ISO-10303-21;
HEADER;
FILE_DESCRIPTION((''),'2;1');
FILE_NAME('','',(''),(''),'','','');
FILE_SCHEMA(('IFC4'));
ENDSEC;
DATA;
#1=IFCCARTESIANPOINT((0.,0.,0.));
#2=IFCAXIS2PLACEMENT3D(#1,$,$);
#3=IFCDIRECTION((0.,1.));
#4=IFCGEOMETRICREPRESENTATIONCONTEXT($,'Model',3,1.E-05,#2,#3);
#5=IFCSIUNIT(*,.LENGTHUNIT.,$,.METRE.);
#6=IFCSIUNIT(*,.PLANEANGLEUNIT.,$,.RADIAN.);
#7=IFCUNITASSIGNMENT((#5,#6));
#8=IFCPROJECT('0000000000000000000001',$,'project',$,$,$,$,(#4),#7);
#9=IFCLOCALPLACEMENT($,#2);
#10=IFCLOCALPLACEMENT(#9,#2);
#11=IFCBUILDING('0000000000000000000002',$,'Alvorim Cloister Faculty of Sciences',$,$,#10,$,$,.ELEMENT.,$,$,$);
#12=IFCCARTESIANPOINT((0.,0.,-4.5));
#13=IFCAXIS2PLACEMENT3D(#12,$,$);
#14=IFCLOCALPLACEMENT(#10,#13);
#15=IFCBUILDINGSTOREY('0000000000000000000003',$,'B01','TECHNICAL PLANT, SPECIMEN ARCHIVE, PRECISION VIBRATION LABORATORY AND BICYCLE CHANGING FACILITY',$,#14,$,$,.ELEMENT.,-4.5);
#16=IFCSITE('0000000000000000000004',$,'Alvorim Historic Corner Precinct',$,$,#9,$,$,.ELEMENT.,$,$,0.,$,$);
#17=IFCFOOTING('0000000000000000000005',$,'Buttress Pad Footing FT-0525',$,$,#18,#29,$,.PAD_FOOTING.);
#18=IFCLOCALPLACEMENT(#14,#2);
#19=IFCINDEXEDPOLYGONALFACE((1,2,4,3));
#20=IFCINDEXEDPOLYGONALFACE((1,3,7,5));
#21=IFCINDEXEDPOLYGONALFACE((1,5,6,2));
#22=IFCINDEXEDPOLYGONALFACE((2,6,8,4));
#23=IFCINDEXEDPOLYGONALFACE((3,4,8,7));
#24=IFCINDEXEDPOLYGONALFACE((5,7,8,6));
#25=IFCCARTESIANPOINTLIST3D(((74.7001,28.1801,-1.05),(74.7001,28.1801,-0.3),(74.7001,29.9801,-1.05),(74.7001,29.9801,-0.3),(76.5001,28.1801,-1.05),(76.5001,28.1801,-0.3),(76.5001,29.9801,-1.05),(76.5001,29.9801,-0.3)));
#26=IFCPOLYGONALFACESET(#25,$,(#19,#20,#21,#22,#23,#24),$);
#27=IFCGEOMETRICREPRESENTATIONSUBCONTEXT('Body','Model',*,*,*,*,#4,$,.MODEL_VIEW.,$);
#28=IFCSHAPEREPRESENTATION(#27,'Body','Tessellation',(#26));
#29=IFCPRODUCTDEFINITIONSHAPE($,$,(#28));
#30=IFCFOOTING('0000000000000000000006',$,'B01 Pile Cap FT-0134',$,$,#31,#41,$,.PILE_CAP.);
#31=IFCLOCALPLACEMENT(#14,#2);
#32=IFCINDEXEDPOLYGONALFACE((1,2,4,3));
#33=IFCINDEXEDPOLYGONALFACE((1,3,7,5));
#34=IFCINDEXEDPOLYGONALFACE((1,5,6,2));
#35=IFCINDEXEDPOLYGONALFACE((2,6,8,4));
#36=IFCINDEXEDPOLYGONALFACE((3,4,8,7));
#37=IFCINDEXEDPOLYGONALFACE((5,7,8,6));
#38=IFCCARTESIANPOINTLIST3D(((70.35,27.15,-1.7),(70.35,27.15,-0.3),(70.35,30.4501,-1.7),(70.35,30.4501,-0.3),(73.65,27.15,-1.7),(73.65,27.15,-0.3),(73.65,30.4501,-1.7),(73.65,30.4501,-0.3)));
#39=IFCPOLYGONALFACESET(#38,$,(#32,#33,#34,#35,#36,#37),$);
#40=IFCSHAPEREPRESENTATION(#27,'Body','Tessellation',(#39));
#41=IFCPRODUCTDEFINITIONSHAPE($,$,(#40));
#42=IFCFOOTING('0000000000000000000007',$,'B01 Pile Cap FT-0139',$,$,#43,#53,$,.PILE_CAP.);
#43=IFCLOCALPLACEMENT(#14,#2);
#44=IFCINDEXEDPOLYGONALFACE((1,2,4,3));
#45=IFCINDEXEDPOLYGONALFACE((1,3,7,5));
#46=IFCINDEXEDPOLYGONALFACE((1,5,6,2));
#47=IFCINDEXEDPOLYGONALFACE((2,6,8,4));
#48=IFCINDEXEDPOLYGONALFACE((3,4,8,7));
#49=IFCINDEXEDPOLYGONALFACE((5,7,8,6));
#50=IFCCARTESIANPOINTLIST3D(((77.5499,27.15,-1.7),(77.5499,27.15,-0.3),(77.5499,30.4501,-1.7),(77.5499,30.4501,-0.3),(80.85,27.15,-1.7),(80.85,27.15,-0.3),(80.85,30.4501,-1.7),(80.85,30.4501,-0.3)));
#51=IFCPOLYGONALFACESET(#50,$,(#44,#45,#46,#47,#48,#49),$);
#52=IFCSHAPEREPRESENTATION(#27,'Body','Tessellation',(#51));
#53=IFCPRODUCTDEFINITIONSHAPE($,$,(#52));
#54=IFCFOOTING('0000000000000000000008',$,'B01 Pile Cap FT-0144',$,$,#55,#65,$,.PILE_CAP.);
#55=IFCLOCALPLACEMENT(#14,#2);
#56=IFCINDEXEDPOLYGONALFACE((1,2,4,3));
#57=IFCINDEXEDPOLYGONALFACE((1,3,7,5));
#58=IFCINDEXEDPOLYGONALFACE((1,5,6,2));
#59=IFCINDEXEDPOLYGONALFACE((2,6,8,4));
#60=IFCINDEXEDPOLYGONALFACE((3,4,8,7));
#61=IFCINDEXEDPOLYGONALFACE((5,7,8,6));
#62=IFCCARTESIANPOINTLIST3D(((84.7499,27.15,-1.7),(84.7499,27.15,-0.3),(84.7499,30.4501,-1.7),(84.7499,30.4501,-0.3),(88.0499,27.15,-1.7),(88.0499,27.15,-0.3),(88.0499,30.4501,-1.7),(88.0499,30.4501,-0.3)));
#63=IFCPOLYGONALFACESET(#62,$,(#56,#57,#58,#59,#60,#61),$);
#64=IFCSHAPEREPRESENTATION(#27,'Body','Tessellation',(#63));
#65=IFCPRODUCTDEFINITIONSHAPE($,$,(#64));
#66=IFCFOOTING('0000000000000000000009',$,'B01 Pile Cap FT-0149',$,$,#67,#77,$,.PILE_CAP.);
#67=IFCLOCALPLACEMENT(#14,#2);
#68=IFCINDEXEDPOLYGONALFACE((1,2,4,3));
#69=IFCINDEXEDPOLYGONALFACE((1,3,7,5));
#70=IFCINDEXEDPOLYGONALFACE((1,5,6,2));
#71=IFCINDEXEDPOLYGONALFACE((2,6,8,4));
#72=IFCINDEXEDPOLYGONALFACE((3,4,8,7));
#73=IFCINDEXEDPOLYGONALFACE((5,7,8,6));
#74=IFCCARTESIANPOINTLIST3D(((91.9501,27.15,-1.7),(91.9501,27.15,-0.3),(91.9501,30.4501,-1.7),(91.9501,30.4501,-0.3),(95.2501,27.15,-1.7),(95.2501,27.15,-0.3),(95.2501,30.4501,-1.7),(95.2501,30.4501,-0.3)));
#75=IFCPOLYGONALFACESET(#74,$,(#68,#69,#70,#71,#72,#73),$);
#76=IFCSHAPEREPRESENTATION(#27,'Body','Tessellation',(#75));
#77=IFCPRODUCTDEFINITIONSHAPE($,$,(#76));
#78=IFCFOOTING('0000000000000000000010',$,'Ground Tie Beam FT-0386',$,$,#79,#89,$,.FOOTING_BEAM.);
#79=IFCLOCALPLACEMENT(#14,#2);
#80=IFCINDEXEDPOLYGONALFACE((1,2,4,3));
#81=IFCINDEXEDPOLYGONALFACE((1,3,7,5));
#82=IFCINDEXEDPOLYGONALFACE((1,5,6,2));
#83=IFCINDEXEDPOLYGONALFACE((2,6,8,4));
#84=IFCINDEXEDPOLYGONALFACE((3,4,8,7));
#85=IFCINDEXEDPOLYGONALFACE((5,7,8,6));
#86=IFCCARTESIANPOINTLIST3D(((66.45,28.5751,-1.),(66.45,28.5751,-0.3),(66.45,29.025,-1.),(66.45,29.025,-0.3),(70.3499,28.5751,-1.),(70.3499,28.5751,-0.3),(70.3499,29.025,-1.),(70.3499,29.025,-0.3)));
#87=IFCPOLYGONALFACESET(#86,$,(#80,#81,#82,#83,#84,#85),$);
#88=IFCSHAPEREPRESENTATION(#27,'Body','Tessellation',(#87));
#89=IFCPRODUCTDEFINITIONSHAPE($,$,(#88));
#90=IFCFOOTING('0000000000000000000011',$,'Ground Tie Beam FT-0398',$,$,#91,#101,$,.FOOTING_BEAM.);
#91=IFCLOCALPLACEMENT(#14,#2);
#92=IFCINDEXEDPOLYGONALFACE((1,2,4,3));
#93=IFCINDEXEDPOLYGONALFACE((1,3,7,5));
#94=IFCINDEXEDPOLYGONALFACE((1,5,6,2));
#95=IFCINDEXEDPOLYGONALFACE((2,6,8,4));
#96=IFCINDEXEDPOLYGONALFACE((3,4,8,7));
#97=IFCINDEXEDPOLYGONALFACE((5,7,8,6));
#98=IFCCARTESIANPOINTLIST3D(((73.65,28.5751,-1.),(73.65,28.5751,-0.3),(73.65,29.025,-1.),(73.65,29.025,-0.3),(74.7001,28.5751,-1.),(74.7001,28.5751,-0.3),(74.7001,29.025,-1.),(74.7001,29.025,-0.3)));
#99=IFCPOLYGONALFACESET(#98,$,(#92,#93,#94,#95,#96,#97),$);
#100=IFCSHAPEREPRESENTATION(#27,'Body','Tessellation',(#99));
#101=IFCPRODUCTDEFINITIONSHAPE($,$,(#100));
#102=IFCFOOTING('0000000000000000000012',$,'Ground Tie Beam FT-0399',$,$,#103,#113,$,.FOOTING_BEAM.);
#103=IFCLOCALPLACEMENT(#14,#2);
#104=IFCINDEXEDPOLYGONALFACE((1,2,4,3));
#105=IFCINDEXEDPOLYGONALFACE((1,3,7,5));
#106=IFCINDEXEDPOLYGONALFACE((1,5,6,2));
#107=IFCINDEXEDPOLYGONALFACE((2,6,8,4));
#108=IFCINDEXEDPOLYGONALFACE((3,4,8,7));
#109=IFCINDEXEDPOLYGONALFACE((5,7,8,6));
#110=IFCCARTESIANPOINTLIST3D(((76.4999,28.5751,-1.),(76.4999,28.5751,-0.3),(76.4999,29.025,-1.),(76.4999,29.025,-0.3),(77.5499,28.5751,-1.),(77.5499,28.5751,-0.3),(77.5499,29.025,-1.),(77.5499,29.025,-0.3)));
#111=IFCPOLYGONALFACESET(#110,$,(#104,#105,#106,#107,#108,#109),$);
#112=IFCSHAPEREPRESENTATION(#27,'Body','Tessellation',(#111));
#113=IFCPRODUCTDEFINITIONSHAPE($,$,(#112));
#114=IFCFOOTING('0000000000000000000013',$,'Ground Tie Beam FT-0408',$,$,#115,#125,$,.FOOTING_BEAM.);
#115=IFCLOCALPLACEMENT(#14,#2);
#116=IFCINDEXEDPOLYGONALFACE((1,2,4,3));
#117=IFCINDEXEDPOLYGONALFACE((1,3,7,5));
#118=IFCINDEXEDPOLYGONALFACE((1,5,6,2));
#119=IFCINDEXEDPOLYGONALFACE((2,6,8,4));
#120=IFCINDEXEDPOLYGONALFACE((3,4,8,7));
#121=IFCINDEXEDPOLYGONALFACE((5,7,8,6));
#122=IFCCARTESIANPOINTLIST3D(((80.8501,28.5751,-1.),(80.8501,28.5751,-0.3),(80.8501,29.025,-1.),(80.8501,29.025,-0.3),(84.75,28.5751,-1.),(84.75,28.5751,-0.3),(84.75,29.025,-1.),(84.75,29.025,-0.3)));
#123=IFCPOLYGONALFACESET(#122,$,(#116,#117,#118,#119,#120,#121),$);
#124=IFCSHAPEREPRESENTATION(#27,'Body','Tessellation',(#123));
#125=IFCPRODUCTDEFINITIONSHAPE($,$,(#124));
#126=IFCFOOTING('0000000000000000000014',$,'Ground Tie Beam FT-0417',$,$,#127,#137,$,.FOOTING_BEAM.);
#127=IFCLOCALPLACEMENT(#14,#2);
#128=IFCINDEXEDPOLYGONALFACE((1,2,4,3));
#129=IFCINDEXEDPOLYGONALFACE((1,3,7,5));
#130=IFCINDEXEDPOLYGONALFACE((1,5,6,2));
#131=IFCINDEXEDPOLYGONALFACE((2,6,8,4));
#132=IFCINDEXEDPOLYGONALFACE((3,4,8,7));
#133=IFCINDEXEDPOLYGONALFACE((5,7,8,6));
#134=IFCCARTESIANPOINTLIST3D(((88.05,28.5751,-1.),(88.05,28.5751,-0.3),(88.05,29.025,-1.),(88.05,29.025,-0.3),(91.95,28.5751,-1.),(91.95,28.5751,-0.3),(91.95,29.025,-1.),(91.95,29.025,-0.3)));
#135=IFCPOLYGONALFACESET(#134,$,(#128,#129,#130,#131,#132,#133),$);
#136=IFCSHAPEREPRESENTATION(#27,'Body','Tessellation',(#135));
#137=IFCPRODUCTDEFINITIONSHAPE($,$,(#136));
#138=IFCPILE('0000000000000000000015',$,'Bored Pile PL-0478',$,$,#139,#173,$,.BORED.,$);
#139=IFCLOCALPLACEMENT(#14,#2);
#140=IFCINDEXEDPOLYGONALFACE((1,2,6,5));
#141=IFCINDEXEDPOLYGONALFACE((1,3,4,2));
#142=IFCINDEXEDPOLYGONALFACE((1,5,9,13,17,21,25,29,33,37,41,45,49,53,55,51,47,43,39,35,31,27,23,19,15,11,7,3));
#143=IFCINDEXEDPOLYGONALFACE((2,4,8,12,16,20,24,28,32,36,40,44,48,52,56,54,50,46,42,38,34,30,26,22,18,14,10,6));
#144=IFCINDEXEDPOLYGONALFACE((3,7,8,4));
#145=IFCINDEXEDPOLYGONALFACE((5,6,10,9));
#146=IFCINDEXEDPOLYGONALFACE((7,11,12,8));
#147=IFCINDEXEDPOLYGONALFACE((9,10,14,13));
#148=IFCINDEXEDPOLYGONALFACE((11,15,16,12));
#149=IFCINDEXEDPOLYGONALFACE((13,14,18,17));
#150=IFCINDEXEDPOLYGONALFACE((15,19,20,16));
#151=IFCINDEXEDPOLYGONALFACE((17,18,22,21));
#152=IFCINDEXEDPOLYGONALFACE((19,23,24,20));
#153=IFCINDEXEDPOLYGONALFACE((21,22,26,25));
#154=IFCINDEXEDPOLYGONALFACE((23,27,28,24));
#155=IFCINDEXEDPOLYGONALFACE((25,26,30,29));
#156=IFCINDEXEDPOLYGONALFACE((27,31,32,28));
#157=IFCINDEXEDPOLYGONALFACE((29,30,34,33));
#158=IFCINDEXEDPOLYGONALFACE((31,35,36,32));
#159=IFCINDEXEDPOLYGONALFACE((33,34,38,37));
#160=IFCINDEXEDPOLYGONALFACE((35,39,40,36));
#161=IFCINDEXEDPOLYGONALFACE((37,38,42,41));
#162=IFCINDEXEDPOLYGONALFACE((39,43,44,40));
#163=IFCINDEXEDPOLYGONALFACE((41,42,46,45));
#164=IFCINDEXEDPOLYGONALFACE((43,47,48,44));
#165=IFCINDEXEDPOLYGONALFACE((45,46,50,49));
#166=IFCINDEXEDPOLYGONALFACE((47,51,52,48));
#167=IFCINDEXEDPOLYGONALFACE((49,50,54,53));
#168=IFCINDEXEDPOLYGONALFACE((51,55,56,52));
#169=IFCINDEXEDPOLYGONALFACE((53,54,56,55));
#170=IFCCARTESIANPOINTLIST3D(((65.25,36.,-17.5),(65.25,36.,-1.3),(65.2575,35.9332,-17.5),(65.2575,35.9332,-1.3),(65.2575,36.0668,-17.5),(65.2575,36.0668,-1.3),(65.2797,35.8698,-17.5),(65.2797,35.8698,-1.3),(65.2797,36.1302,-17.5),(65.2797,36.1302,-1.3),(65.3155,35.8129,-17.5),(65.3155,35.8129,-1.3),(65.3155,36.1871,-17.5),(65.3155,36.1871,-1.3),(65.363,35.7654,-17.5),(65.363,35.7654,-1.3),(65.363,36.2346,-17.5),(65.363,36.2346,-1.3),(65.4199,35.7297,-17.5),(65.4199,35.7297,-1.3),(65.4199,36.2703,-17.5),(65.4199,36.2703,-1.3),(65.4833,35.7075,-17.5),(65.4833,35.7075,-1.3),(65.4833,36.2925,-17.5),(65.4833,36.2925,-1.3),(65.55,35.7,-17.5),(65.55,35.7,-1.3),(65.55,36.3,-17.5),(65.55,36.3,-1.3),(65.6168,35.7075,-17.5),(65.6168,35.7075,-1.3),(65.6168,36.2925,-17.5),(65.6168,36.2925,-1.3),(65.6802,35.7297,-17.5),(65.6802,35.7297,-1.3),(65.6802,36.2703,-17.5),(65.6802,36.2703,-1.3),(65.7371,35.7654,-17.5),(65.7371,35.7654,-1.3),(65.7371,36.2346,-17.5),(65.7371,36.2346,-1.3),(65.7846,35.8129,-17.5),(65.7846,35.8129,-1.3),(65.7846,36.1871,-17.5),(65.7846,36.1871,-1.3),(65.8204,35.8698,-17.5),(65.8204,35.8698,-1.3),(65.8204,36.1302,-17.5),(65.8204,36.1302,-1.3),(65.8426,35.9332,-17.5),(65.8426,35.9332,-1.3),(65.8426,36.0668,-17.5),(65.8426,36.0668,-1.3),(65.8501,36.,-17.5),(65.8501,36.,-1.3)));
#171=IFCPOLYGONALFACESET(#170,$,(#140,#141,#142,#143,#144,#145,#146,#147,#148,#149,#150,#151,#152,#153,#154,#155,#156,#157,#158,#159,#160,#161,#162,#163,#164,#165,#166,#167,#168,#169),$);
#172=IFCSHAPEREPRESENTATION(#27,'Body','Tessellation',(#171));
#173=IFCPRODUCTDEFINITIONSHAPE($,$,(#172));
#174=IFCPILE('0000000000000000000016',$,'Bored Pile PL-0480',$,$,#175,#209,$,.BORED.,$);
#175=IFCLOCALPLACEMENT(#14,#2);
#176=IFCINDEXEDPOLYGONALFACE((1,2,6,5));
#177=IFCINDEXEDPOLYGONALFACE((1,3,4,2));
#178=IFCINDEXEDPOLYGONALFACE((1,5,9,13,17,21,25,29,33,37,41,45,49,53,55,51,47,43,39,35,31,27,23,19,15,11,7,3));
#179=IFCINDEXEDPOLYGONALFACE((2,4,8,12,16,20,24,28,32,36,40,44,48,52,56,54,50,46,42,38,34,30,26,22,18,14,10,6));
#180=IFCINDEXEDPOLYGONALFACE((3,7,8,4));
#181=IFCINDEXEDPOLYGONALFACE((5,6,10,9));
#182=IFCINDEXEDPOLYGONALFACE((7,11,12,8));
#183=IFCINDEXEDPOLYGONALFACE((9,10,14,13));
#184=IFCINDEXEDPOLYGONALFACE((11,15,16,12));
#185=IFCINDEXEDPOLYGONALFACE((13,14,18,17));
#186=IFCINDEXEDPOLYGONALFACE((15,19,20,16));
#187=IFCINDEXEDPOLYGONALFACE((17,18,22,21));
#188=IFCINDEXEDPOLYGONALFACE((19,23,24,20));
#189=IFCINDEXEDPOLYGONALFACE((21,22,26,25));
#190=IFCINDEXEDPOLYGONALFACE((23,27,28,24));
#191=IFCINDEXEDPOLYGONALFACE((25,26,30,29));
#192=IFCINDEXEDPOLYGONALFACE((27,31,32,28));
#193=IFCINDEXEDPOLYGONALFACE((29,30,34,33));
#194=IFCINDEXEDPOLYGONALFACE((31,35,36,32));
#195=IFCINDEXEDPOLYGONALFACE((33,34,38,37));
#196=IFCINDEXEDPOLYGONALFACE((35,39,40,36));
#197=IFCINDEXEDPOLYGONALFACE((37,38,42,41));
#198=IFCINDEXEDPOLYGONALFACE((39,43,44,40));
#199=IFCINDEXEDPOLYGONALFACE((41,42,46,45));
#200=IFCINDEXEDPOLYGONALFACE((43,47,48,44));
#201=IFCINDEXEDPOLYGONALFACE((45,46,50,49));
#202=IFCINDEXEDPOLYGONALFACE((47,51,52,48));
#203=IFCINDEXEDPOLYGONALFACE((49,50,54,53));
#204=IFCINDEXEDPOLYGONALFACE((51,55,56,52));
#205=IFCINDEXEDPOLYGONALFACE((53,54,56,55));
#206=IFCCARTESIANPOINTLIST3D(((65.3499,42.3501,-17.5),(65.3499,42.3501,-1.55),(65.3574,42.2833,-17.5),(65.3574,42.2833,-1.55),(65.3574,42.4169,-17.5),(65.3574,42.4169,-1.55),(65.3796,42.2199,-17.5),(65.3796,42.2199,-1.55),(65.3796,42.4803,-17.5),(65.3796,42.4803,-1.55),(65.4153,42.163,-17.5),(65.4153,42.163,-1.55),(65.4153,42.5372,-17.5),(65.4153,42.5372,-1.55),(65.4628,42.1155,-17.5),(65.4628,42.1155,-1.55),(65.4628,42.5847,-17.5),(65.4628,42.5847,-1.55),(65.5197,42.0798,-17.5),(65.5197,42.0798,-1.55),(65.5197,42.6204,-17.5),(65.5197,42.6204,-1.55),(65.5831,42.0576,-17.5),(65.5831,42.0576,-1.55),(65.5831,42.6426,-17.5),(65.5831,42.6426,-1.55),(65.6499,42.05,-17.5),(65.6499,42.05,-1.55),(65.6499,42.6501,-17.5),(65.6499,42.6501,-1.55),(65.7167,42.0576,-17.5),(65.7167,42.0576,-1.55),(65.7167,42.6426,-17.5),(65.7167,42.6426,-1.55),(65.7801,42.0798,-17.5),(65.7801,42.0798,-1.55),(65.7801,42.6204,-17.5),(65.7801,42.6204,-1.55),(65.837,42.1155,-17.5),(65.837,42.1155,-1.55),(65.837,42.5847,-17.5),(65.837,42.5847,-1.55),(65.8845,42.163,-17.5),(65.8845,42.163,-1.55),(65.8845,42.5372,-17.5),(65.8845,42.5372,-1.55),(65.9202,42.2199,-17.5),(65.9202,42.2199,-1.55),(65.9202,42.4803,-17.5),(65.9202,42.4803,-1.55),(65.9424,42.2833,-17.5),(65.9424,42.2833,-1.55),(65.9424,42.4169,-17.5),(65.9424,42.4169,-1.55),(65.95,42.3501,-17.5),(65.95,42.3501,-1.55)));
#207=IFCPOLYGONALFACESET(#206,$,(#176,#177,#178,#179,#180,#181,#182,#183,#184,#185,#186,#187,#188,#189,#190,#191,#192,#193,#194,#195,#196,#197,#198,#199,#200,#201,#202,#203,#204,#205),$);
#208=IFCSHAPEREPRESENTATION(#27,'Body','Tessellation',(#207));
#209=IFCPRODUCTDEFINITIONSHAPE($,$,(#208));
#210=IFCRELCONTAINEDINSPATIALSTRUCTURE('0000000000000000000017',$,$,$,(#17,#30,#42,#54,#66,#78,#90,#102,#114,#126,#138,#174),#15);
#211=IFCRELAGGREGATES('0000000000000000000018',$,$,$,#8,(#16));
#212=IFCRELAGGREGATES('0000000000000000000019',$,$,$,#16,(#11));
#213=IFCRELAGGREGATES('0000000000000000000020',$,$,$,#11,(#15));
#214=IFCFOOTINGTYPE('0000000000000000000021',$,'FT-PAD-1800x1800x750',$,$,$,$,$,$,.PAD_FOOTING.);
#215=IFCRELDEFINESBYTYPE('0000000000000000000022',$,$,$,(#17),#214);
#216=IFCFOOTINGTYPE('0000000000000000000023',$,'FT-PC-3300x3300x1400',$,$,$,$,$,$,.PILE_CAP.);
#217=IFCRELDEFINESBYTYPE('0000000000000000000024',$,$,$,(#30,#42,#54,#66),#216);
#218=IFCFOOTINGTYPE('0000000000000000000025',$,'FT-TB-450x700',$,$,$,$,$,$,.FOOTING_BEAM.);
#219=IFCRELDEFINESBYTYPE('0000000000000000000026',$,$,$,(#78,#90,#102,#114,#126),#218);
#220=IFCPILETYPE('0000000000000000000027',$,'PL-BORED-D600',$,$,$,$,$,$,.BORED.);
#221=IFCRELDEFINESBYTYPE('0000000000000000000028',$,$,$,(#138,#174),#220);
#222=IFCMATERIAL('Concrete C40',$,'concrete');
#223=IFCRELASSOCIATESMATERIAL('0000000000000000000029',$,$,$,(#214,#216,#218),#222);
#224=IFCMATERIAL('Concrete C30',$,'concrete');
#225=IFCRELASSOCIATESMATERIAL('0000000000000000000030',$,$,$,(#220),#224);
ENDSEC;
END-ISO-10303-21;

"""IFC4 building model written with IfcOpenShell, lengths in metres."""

from ifc_helpers import new_model, si_unit, direction, frame, origin, origin_2d, place, context, subcontext, project, spatial, rectangle, circle, extrude, material, material_profile, profile_set, type_object, element, save


model = new_model("IFC4")

# Units and contexts
model_context = context("Model", 3, precision=1e-05, world=origin(), true_north=direction((0.0, 1.0)))
body_context = subcontext(model_context, "Body", "Model", "MODEL_VIEW")
ifc_project = project(units=[si_unit("LENGTHUNIT", "METRE"), si_unit("PLANEANGLEUNIT", "RADIAN")], contexts=[model_context])

# Site, building, storey
site_placement = place(None, origin())
site = spatial("IfcSite", under=ifc_project, at=site_placement, Name="Alvorim Historic Corner Precinct", CompositionType="ELEMENT", RefElevation=0.0)
building_placement = place(site_placement, origin())
building = spatial("IfcBuilding", under=site, at=building_placement, Name="Alvorim Cloister Faculty of Sciences", CompositionType="ELEMENT")
storey_placement = place(building_placement, frame((0.0, 0.0, -4.5)))
storey = spatial("IfcBuildingStorey", under=building, at=storey_placement, Name="B01", Description="TECHNICAL PLANT, SPECIMEN ARCHIVE, PRECISION VIBRATION LABORATORY AND BICYCLE CHANGING FACILITY", CompositionType="ELEMENT", Elevation=-4.5)

# Footings
ifc_material_1 = material(Name="Concrete C40", Category="concrete")
footing_type_1 = type_object("IfcFootingType", Name="FT-PAD-1800x1800x750", PredefinedType="PAD_FOOTING", material=ifc_material_1)
footing_1_placement = place(storey_placement, frame((75.6001, 29.0801, -1.05), z_axis=(0.0, 0.0, 1.0), x_axis=(1.0, 0.0, 0.0)))
element("IfcFooting", 1, at=footing_1_placement, inside=storey, type_object=footing_type_1, Name="Buttress Pad Footing FT-0525", PredefinedType="PAD_FOOTING", context=body_context, shape_type="SweptSolid", body=[
    extrude(rectangle(XDim=1.8, YDim=1.8, at=origin_2d()), origin(), (0.0, 0.0, 1.0), 0.75),
])
footing_type_2 = type_object("IfcFootingType", Name="FT-PC-3300x3300x1400", PredefinedType="PILE_CAP", material=ifc_material_1)
for number, where, z_axis, x_axis, name in (
    (2, (72.0, 28.8, -1.7), (0.0, 0.0, 1.0), (1.0, 0.0, 0.0), "B01 Pile Cap FT-0134"),
    (3, (79.2, 28.8, -1.7), (0.0, 0.0, 1.0), (1.0, 0.0, 0.0), "B01 Pile Cap FT-0139"),
    (4, (86.3999, 28.8, -1.7), (0.0, 0.0, 1.0), (1.0, 0.0, 0.0), "B01 Pile Cap FT-0144"),
    (5, (93.6001, 28.8, -1.7), (0.0, 0.0, 1.0), (1.0, 0.0, 0.0), "B01 Pile Cap FT-0149"),
):
    element("IfcFooting", number, at=place(storey_placement, frame(where, z_axis=z_axis, x_axis=x_axis)), inside=storey, type_object=footing_type_2, Name=name, PredefinedType="PILE_CAP", context=body_context, shape_type="SweptSolid", body=[
        extrude(rectangle(XDim=3.3, YDim=3.3, at=origin_2d()), origin(), (0.0, 0.0, 1.0), 1.3999),
    ])
footing_type_3 = type_object("IfcFootingType", Name="FT-TB-450x700", PredefinedType="FOOTING_BEAM", material=ifc_material_1)
footing_2_placement = place(storey_placement, frame((68.3999, 28.8, -1.0), z_axis=(0.0, 0.0, 1.0), x_axis=(1.0, 0.0, 0.0)))
element("IfcFooting", 6, at=footing_2_placement, inside=storey, type_object=footing_type_3, Name="Ground Tie Beam FT-0386", PredefinedType="FOOTING_BEAM", context=body_context, shape_type="SweptSolid", body=[
    extrude(rectangle(XDim=3.8999, YDim=0.45, at=origin_2d()), origin(), (0.0, 0.0, 1.0), 0.7),
])
for number, where, z_axis, x_axis, name in (
    (7, (74.175, 28.8, -1.0), (0.0, 0.0, 1.0), (1.0, 0.0, 0.0), "Ground Tie Beam FT-0398"),
    (8, (77.0249, 28.8, -1.0), (0.0, 0.0, 1.0), (1.0, 0.0, 0.0), "Ground Tie Beam FT-0399"),
):
    element("IfcFooting", number, at=place(storey_placement, frame(where, z_axis=z_axis, x_axis=x_axis)), inside=storey, type_object=footing_type_3, Name=name, PredefinedType="FOOTING_BEAM", context=body_context, shape_type="SweptSolid", body=[
        extrude(rectangle(XDim=1.05, YDim=0.45, at=origin_2d()), origin(), (0.0, 0.0, 1.0), 0.7),
    ])
for number, where, z_axis, x_axis, name in (
    (9, (82.8, 28.8, -1.0), (0.0, 0.0, 1.0), (1.0, 0.0, 0.0), "Ground Tie Beam FT-0408"),
    (10, (90.0, 28.8, -1.0), (0.0, 0.0, 1.0), (1.0, 0.0, 0.0), "Ground Tie Beam FT-0417"),
):
    element("IfcFooting", number, at=place(storey_placement, frame(where, z_axis=z_axis, x_axis=x_axis)), inside=storey, type_object=footing_type_3, Name=name, PredefinedType="FOOTING_BEAM", context=body_context, shape_type="SweptSolid", body=[
        extrude(rectangle(XDim=3.8999, YDim=0.45, at=origin_2d()), origin(), (0.0, 0.0, 1.0), 0.7),
    ])

# Piles
ifc_material_2 = material(Name="Concrete C30", Category="concrete")
ifc_material_profile_1 = material_profile(ifc_material_2, circle(Radius=0.3, at=origin_2d()), Name="PILE-D600")
ifc_profile_set_1 = profile_set([ifc_material_profile_1], Name="Concrete C30")
pile_type_1 = type_object("IfcPileType", Name="PL-BORED-D600", PredefinedType="BORED", material=ifc_profile_set_1)
pile_placement = place(storey_placement, frame((65.55, 36.0, -1.3), z_axis=(0.0, 0.0, -1.0), x_axis=(1.0, 0.0, 0.0)))
element("IfcPile", 11, at=pile_placement, inside=storey, type_object=pile_type_1, Name="Bored Pile PL-0478", PredefinedType="BORED", context=body_context, shape_type="SweptSolid", body=[
    extrude(circle(Radius=0.3, at=origin_2d()), origin(), (0.0, 0.0, 1.0), 16.2),
])
for number, where, z_axis, x_axis, name in (
    (12, (65.6499, 42.3501, -1.55), (0.0, 0.0, -1.0), (1.0, 0.0, 0.0), "Bored Pile PL-0480"),
):
    element("IfcPile", number, at=place(storey_placement, frame(where, z_axis=z_axis, x_axis=x_axis)), inside=storey, type_object=pile_type_1, Name=name, PredefinedType="BORED", context=body_context, shape_type="SweptSolid", body=[
        extrude(circle(Radius=0.3, at=origin_2d()), origin(), (0.0, 0.0, 1.0), 15.95),
    ])

save(model, "model.ifc")
